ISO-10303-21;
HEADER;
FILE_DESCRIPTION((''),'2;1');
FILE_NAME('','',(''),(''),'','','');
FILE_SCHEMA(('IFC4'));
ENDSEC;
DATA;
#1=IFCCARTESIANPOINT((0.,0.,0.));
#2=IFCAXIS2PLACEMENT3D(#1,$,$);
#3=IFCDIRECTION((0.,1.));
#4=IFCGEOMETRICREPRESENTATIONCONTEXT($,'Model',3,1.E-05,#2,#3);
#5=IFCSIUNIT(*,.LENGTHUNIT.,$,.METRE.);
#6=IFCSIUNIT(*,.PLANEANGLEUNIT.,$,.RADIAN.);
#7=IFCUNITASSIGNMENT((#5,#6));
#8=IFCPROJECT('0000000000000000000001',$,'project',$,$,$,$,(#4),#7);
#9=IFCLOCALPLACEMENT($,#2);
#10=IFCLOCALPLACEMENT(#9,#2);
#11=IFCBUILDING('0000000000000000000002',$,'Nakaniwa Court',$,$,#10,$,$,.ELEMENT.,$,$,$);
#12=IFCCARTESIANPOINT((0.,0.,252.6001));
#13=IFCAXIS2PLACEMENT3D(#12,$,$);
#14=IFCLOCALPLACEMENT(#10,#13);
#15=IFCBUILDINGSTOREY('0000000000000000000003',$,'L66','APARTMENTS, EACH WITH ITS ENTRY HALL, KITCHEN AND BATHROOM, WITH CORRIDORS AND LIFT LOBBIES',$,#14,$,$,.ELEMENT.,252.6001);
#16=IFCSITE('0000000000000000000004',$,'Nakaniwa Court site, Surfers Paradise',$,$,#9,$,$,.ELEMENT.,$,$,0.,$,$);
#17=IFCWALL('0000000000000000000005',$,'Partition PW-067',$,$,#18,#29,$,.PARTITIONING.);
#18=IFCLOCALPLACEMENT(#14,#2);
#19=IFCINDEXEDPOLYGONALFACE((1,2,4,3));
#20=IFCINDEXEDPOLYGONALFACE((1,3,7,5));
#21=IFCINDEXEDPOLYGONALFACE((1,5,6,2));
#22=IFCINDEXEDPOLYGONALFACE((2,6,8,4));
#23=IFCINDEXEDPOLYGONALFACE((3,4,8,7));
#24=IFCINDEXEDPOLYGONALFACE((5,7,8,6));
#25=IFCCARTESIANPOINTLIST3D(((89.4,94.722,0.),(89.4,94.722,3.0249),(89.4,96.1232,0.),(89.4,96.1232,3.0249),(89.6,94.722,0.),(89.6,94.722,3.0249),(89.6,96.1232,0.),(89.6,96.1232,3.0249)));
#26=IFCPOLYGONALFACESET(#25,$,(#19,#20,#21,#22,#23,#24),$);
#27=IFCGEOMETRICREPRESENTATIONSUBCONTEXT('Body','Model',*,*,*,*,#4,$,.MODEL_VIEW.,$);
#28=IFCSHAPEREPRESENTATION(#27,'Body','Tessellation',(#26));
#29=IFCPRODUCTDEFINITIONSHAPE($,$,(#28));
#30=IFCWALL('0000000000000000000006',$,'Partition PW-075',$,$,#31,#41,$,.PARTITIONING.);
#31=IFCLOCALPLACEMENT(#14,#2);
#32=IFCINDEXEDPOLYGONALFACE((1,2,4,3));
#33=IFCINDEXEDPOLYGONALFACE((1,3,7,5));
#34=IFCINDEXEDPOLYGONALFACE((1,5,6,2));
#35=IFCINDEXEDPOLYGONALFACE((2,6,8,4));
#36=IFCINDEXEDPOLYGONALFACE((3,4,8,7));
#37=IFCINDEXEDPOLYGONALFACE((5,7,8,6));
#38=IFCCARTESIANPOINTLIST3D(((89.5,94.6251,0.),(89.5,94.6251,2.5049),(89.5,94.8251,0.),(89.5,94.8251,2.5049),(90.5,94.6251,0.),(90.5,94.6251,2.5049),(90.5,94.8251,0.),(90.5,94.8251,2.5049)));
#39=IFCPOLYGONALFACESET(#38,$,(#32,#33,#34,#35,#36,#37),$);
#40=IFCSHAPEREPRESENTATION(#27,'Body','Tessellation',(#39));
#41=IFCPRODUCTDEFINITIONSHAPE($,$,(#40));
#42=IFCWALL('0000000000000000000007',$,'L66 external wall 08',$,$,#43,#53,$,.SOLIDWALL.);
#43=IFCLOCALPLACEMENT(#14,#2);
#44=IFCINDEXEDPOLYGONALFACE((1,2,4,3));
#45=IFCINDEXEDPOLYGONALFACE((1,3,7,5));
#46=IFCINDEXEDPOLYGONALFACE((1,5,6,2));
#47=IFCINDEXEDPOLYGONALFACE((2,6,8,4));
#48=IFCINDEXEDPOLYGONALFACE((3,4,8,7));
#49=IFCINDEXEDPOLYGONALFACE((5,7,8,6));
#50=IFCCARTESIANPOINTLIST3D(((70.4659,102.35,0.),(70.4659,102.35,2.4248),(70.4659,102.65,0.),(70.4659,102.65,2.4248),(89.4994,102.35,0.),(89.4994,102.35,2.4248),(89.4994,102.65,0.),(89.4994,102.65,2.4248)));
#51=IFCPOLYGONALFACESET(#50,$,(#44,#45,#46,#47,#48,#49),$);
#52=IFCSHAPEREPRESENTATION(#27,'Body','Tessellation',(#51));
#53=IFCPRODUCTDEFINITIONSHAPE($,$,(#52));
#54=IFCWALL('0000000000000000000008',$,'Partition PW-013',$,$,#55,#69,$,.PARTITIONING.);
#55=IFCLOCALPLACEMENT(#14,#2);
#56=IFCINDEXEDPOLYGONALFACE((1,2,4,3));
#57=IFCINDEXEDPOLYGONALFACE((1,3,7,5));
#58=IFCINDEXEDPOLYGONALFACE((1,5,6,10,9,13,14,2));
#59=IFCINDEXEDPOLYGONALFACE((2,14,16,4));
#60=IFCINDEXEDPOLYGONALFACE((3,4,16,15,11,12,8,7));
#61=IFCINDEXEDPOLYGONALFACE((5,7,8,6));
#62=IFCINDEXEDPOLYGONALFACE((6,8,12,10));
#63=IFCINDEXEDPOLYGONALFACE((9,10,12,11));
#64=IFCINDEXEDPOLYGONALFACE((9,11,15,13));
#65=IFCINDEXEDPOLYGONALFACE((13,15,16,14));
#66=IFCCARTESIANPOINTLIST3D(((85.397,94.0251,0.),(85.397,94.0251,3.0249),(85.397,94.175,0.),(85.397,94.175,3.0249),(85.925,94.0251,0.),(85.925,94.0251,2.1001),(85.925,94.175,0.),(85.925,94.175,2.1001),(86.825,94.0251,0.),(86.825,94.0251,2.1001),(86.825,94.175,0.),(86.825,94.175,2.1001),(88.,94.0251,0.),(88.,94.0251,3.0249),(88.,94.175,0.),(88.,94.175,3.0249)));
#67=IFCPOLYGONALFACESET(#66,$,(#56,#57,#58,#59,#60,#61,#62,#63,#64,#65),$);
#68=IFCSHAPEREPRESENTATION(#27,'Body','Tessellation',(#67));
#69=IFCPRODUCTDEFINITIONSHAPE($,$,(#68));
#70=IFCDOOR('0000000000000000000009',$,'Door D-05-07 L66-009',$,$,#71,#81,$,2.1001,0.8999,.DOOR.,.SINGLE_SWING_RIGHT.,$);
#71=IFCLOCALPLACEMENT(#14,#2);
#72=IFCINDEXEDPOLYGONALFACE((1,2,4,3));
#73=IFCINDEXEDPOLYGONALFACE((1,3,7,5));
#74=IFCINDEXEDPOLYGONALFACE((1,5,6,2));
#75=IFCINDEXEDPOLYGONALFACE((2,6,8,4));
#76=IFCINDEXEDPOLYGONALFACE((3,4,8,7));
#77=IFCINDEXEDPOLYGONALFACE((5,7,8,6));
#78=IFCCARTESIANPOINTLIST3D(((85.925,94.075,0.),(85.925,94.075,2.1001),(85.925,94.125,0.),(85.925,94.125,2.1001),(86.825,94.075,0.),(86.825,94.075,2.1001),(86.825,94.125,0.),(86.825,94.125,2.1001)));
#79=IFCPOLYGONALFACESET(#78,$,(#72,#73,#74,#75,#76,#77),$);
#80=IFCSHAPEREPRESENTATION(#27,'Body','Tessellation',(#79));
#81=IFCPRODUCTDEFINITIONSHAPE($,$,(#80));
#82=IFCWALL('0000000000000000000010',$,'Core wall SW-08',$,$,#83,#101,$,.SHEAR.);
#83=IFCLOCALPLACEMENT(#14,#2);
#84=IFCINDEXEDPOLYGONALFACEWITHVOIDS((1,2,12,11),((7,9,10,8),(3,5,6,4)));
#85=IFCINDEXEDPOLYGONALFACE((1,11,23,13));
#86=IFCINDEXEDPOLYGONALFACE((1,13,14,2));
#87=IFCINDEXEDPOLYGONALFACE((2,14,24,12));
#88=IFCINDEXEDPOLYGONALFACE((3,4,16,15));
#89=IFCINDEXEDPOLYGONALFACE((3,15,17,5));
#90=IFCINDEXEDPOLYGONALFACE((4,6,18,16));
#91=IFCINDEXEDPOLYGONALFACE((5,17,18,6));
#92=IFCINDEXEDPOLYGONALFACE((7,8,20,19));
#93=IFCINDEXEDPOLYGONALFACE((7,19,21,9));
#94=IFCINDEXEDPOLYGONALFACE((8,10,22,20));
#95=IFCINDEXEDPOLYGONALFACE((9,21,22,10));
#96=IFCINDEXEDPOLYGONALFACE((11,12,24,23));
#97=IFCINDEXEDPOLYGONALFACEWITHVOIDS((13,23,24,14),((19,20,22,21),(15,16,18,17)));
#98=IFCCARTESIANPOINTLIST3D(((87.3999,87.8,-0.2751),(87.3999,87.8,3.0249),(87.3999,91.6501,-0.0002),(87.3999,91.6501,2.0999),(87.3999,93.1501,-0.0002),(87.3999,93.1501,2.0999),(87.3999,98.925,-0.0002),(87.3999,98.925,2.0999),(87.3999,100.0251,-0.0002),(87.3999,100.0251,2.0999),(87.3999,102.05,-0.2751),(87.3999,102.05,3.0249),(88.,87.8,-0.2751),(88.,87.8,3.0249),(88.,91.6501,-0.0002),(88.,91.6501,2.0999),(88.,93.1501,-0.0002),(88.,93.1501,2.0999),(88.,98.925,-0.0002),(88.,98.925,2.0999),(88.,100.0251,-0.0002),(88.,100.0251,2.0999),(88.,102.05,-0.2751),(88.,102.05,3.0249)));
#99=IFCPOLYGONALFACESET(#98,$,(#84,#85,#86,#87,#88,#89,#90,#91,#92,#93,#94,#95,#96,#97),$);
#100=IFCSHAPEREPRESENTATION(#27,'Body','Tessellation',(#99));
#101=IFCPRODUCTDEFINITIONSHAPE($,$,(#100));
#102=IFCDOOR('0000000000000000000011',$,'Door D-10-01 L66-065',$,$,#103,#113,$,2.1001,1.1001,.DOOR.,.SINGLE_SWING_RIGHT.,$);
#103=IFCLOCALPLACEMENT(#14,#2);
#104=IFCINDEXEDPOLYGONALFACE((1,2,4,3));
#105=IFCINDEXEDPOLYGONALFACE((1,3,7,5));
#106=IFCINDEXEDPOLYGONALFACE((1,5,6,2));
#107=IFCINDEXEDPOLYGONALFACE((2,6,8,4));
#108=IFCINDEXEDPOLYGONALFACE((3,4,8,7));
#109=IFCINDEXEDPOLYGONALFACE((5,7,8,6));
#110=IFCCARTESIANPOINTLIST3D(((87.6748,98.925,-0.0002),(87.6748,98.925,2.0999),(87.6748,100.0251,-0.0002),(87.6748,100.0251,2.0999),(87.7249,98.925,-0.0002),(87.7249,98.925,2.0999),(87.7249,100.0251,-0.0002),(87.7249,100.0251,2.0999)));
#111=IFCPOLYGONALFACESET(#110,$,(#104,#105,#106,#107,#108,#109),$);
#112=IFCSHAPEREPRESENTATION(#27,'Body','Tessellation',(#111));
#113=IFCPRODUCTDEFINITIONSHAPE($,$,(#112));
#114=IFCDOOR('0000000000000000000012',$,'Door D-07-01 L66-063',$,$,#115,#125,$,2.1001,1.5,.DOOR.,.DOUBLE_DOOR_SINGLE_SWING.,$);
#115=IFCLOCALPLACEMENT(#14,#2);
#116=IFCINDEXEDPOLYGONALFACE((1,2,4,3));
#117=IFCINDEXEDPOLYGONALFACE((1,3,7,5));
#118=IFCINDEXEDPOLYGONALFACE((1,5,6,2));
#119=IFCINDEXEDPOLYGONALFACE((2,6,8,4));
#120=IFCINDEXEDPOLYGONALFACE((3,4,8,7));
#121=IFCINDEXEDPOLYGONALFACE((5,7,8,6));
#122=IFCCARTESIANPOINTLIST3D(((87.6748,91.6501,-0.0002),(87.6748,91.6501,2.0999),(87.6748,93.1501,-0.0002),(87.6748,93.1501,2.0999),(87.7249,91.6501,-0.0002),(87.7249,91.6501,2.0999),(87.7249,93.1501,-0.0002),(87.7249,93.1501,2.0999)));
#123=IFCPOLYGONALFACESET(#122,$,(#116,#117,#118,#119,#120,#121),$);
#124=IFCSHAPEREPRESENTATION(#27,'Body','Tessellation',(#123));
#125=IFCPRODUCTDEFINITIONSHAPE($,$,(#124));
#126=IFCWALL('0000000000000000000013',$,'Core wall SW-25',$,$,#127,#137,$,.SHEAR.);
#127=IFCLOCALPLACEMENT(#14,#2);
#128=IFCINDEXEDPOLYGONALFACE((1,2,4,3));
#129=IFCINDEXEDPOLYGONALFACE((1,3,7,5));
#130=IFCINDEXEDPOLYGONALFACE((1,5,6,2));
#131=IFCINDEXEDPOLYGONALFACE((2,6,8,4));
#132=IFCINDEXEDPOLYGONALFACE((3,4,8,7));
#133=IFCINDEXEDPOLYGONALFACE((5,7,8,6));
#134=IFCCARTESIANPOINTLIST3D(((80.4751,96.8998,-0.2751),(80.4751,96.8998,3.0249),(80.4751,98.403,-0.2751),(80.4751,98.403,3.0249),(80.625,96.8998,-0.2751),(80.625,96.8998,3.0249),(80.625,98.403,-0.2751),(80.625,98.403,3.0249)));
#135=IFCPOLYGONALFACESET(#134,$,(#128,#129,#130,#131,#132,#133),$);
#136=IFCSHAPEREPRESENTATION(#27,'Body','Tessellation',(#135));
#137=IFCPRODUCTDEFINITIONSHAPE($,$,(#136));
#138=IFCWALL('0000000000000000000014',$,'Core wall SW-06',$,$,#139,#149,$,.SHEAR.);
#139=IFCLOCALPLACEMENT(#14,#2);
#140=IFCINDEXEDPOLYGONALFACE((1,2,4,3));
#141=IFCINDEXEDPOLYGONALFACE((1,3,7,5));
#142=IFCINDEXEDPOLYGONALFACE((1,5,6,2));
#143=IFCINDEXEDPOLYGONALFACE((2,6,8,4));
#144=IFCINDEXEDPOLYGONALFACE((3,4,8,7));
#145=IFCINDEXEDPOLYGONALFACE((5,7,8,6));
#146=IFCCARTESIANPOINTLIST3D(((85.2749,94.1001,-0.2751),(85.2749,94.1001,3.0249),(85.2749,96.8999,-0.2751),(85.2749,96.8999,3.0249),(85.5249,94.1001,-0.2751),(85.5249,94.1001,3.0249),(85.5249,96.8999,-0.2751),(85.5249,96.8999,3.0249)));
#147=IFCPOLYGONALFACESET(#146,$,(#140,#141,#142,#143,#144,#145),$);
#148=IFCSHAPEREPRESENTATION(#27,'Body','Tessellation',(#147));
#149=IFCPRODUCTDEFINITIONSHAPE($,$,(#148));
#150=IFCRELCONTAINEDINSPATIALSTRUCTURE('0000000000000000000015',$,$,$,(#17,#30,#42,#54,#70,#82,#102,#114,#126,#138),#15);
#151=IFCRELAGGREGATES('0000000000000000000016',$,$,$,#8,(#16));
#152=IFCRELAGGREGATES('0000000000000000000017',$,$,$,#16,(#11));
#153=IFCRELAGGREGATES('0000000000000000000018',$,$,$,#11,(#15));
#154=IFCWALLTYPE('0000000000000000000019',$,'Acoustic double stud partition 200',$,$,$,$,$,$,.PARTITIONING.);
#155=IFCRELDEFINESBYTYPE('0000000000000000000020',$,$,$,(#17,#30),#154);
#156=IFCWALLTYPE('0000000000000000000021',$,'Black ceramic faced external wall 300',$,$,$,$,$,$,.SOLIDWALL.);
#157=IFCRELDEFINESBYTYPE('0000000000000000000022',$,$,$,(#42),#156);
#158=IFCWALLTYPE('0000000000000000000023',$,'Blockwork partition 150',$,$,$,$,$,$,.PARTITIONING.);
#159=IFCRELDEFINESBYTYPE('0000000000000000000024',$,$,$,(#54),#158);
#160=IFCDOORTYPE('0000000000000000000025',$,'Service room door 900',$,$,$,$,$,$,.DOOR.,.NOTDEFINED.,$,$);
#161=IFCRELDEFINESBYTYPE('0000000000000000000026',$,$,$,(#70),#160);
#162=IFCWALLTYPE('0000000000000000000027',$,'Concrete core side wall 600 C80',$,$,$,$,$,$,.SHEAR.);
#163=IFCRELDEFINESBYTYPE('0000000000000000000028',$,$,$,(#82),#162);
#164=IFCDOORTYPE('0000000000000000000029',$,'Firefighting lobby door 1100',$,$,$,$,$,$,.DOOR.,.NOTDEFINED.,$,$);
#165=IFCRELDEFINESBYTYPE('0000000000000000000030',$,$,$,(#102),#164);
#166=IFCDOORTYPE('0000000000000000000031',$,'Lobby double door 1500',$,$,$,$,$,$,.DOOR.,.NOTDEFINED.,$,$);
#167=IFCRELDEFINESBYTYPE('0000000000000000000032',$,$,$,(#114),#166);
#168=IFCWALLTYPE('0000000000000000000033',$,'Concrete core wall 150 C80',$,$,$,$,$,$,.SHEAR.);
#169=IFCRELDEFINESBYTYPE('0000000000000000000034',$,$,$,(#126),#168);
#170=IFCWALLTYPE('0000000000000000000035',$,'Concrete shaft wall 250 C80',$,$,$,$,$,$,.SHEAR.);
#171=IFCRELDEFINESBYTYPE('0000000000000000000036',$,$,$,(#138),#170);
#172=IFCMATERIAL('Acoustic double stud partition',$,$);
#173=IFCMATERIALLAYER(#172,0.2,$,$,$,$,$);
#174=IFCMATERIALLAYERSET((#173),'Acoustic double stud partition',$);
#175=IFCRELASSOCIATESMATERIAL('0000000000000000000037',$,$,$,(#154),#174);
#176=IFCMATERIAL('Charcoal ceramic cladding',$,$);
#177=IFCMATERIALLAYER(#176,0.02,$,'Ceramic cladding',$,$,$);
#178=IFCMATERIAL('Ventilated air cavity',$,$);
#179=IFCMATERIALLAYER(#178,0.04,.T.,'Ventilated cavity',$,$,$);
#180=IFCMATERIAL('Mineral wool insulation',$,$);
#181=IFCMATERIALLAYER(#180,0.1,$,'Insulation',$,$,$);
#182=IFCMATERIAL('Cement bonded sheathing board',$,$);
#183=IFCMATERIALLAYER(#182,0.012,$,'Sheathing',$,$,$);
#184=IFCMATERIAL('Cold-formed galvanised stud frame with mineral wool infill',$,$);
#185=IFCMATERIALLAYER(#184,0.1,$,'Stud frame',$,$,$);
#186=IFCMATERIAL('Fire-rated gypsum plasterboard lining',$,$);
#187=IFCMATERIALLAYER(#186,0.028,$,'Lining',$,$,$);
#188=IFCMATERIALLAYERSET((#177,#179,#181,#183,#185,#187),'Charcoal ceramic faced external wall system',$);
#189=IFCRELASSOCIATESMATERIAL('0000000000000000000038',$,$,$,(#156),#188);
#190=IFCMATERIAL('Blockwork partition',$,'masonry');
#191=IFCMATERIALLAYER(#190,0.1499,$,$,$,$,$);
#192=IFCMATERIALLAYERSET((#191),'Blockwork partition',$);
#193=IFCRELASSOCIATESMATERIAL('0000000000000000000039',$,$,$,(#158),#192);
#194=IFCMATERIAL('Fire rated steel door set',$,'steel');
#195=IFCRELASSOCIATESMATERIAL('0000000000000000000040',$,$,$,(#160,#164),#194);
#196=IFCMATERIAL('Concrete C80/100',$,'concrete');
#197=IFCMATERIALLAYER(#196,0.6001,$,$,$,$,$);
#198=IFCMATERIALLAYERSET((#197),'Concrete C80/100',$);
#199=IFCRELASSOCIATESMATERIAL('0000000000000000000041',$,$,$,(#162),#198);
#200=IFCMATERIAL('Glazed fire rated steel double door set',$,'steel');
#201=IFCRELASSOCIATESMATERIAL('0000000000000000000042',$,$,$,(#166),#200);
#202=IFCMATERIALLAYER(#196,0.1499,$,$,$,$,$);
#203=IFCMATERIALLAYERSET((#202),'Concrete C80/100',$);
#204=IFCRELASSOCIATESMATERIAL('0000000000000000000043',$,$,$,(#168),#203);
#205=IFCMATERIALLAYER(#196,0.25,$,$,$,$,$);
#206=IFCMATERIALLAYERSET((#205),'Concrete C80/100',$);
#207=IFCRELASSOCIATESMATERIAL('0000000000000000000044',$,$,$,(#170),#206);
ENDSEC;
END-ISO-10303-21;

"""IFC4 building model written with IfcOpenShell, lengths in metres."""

from ifc_helpers import new_model, si_unit, direction, frame, frame_2d, origin, place, context, subcontext, project, spatial, rectangle, extrude, material, layer, layer_set, type_object, element, fill, save


model = new_model("IFC4")

# Units and contexts
model_context = context("Model", 3, precision=1e-05, world=origin(), true_north=direction((0.0, 1.0)))
body_context = subcontext(model_context, "Body", "Model", "MODEL_VIEW")
ifc_project = project(units=[si_unit("LENGTHUNIT", "METRE"), si_unit("PLANEANGLEUNIT", "RADIAN")], contexts=[model_context])

# Site, building, storey
site_placement = place(None, origin())
site = spatial("IfcSite", under=ifc_project, at=site_placement, Name="Nakaniwa Court site, Surfers Paradise", CompositionType="ELEMENT", RefElevation=0.0)
building_placement = place(site_placement, origin())
building = spatial("IfcBuilding", under=site, at=building_placement, Name="Nakaniwa Court", CompositionType="ELEMENT")
storey_placement = place(building_placement, frame((0.0, 0.0, 252.6001)))
storey = spatial("IfcBuildingStorey", under=building, at=storey_placement, Name="L66", Description="APARTMENTS, EACH WITH ITS ENTRY HALL, KITCHEN AND BATHROOM, WITH CORRIDORS AND LIFT LOBBIES", CompositionType="ELEMENT", Elevation=252.6001)

# Walls
ifc_material_1 = material(Name="Acoustic double stud partition")
ifc_layer_1 = layer(ifc_material_1, 0.2)
ifc_layer_set_1 = layer_set([ifc_layer_1], Name="Acoustic double stud partition")
wall_type_1 = type_object("IfcWallType", Name="Acoustic double stud partition 200", PredefinedType="PARTITIONING", material=ifc_layer_set_1)
wall_1_placement = place(storey_placement, frame((89.5, 94.7219, 0.0), z_axis=(0.0, 0.0, 1.0), x_axis=(0.0, 1.0, 0.0)))
element("IfcWall", 1, at=wall_1_placement, inside=storey, type_object=wall_type_1, Name="Partition PW-067", PredefinedType="PARTITIONING", context=body_context, shape_type="SweptSolid", body=[
    extrude(rectangle(XDim=1.4011, YDim=0.2, at=frame_2d((0.7007, 0.0))), origin(), (0.0, 0.0, 1.0), 3.0249),
])
wall_2_placement = place(storey_placement, frame((89.5, 94.7251, 0.0), z_axis=(0.0, 0.0, 1.0), x_axis=(1.0, 0.0, 0.0)))
element("IfcWall", 2, at=wall_2_placement, inside=storey, type_object=wall_type_1, Name="Partition PW-075", PredefinedType="PARTITIONING", context=body_context, shape_type="SweptSolid", body=[
    extrude(rectangle(XDim=1.0, YDim=0.2, at=frame_2d((0.5, 0.0))), origin(), (0.0, 0.0, 1.0), 2.5049),
])
ifc_material_2 = material(Name="Charcoal ceramic cladding")
ifc_layer_2 = layer(ifc_material_2, 0.02, Name="Ceramic cladding")
ifc_material_3 = material(Name="Ventilated air cavity")
ifc_layer_3 = layer(ifc_material_3, 0.04, ventilated=True, Name="Ventilated cavity")
ifc_material_4 = material(Name="Mineral wool insulation")
ifc_layer_4 = layer(ifc_material_4, 0.1, Name="Insulation")
ifc_material_5 = material(Name="Cement bonded sheathing board")
ifc_layer_5 = layer(ifc_material_5, 0.012, Name="Sheathing")
ifc_material_6 = material(Name="Cold-formed galvanised stud frame with mineral wool infill")
ifc_layer_6 = layer(ifc_material_6, 0.1, Name="Stud frame")
ifc_material_7 = material(Name="Fire-rated gypsum plasterboard lining")
ifc_layer_7 = layer(ifc_material_7, 0.028, Name="Lining")
ifc_layer_set_2 = layer_set([ifc_layer_2, ifc_layer_3, ifc_layer_4, ifc_layer_5, ifc_layer_6, ifc_layer_7], Name="Charcoal ceramic faced external wall system")
wall_type_2 = type_object("IfcWallType", Name="Black ceramic faced external wall 300", PredefinedType="SOLIDWALL", material=ifc_layer_set_2)
wall_3_placement = place(storey_placement, frame((89.4993, 102.5, 0.0), z_axis=(0.0, 0.0, 1.0), x_axis=(-1.0, 0.0, 0.0)))
element("IfcWall", 3, at=wall_3_placement, inside=storey, type_object=wall_type_2, Name="L66 external wall 08", PredefinedType="SOLIDWALL", context=body_context, shape_type="SweptSolid", body=[
    extrude(rectangle(XDim=19.0334, YDim=0.3, at=frame_2d((9.5166, 0.0))), origin(), (0.0, 0.0, 1.0), 2.4248),
])

# Wall, opening, door
ifc_material_8 = material(Name="Blockwork partition", Category="masonry")
ifc_layer_8 = layer(ifc_material_8, 0.1499)
ifc_layer_set_3 = layer_set([ifc_layer_8], Name="Blockwork partition")
wall_type_3 = type_object("IfcWallType", Name="Blockwork partition 150", PredefinedType="PARTITIONING", material=ifc_layer_set_3)
wall_4_placement = place(storey_placement, frame((85.397, 94.1001, 0.0), z_axis=(0.0, 0.0, 1.0), x_axis=(1.0, 0.0, 0.0)))
wall_4 = element("IfcWall", 4, at=wall_4_placement, inside=storey, type_object=wall_type_3, Name="Partition PW-013", PredefinedType="PARTITIONING", context=body_context, shape_type="SweptSolid", body=[
    extrude(rectangle(XDim=2.603, YDim=0.1499, at=frame_2d((1.3015, 0.0))), origin(), (0.0, 0.0, 1.0), 3.0249),
])
opening_1_placement = place(wall_4_placement, frame((0.5281, 0.0, 0.0)))
opening_1 = element("IfcOpeningElement", 5, at=opening_1_placement, cuts=wall_4, PredefinedType="OPENING", context=body_context, shape_type="SweptSolid", body=[
    extrude(rectangle(XDim=0.8999, YDim=2.1001, at=frame_2d((0.45, 1.05))), frame((0.0, 0.085, 0.0), z_axis=(0.0, -1.0, 0.0), x_axis=(1.0, 0.0, 0.0)), (0.0, 0.0, 1.0), 0.1699),
])
ifc_material_9 = material(Name="Fire rated steel door set", Category="steel")
door_type_1 = type_object("IfcDoorType", Name="Service room door 900", OperationType="NOTDEFINED", PredefinedType="DOOR", material=ifc_material_9)
door_1_placement = place(opening_1_placement, origin())
door_1 = element("IfcDoor", 6, at=door_1_placement, inside=storey, type_object=door_type_1, Name="Door D-05-07 L66-009", OperationType="SINGLE_SWING_RIGHT", OverallHeight=2.1001, OverallWidth=0.8999, PredefinedType="DOOR", context=body_context, shape_type="SweptSolid", body=[
    extrude(rectangle(XDim=0.8999, YDim=2.1001, at=frame_2d((0.45, 1.05))), frame((0.0, 0.0249, 0.0), z_axis=(0.0, -1.0, 0.0), x_axis=(1.0, 0.0, 0.0)), (0.0, 0.0, 1.0), 0.05),
])
fill(opening_1, door_1)

# Wall, openings, doors
ifc_material_10 = material(Name="Concrete C80/100", Category="concrete")
ifc_layer_9 = layer(ifc_material_10, 0.6001)
ifc_layer_set_4 = layer_set([ifc_layer_9], Name="Concrete C80/100")
wall_type_4 = type_object("IfcWallType", Name="Concrete core side wall 600 C80", PredefinedType="SHEAR", material=ifc_layer_set_4)
wall_5_placement = place(storey_placement, frame((87.7, 102.05, -0.2751), z_axis=(0.0, 0.0, 1.0), x_axis=(0.0, -1.0, 0.0)))
wall_5 = element("IfcWall", 7, at=wall_5_placement, inside=storey, type_object=wall_type_4, Name="Core wall SW-08", PredefinedType="SHEAR", context=body_context, shape_type="SweptSolid", body=[
    extrude(rectangle(XDim=14.25, YDim=0.6001, at=frame_2d((7.125, 0.0))), origin(), (0.0, 0.0, 1.0), 3.3),
])
opening_2_placement = place(wall_5_placement, frame((8.8999, 0.0, 0.2749)))
opening_2 = element("IfcOpeningElement", 8, at=opening_2_placement, cuts=wall_5, PredefinedType="OPENING", context=body_context, shape_type="SweptSolid", body=[
    extrude(rectangle(XDim=1.5, YDim=2.1001, at=frame_2d((0.75, 1.05))), frame((0.0, 0.3101, 0.0), z_axis=(0.0, -1.0, 0.0), x_axis=(1.0, 0.0, 0.0)), (0.0, 0.0, 1.0), 0.6201),
])
opening_3_placement = place(wall_5_placement, frame((2.0249, 0.0, 0.2749)))
opening_3 = element("IfcOpeningElement", 9, at=opening_3_placement, cuts=wall_5, PredefinedType="OPENING", context=body_context, shape_type="SweptSolid", body=[
    extrude(rectangle(XDim=1.1001, YDim=2.1001, at=frame_2d((0.55, 1.05))), frame((0.0, 0.3101, 0.0), z_axis=(0.0, -1.0, 0.0), x_axis=(1.0, 0.0, 0.0)), (0.0, 0.0, 1.0), 0.6201),
])
door_type_2 = type_object("IfcDoorType", Name="Firefighting lobby door 1100", OperationType="NOTDEFINED", PredefinedType="DOOR", material=ifc_material_9)
door_2_placement = place(opening_3_placement, origin())
door_2 = element("IfcDoor", 10, at=door_2_placement, inside=storey, type_object=door_type_2, Name="Door D-10-01 L66-065", OperationType="SINGLE_SWING_RIGHT", OverallHeight=2.1001, OverallWidth=1.1001, PredefinedType="DOOR", context=body_context, shape_type="SweptSolid", body=[
    extrude(rectangle(XDim=1.1001, YDim=2.1001, at=frame_2d((0.55, 1.05))), frame((0.0, 0.0249, 0.0), z_axis=(0.0, -1.0, 0.0), x_axis=(1.0, 0.0, 0.0)), (0.0, 0.0, 1.0), 0.05),
])
fill(opening_3, door_2)
ifc_material_11 = material(Name="Glazed fire rated steel double door set", Category="steel")
door_type_3 = type_object("IfcDoorType", Name="Lobby double door 1500", OperationType="NOTDEFINED", PredefinedType="DOOR", material=ifc_material_11)
door_3_placement = place(opening_2_placement, origin())
door_3 = element("IfcDoor", 11, at=door_3_placement, inside=storey, type_object=door_type_3, Name="Door D-07-01 L66-063", OperationType="DOUBLE_DOOR_SINGLE_SWING", OverallHeight=2.1001, OverallWidth=1.5, PredefinedType="DOOR", context=body_context, shape_type="SweptSolid", body=[
    extrude(rectangle(XDim=1.5, YDim=2.1001, at=frame_2d((0.75, 1.05))), frame((0.0, 0.0249, 0.0), z_axis=(0.0, -1.0, 0.0), x_axis=(1.0, 0.0, 0.0)), (0.0, 0.0, 1.0), 0.05),
])
fill(opening_2, door_3)

# Walls
ifc_layer_10 = layer(ifc_material_10, 0.1499)
ifc_layer_set_5 = layer_set([ifc_layer_10], Name="Concrete C80/100")
wall_type_5 = type_object("IfcWallType", Name="Concrete core wall 150 C80", PredefinedType="SHEAR", material=ifc_layer_set_5)
wall_6_placement = place(storey_placement, frame((80.55, 96.8999, -0.2751), z_axis=(0.0, 0.0, 1.0), x_axis=(0.0, 1.0, 0.0)))
element("IfcWall", 12, at=wall_6_placement, inside=storey, type_object=wall_type_5, Name="Core wall SW-25", PredefinedType="SHEAR", context=body_context, shape_type="SweptSolid", body=[
    extrude(rectangle(XDim=1.5032, YDim=0.1499, at=frame_2d((0.7515, 0.0))), origin(), (0.0, 0.0, 1.0), 3.3),
])
ifc_layer_11 = layer(ifc_material_10, 0.25)
ifc_layer_set_6 = layer_set([ifc_layer_11], Name="Concrete C80/100")
wall_type_6 = type_object("IfcWallType", Name="Concrete shaft wall 250 C80", PredefinedType="SHEAR", material=ifc_layer_set_6)
wall_7_placement = place(storey_placement, frame((85.3999, 94.1001, -0.2751), z_axis=(0.0, 0.0, 1.0), x_axis=(0.0, 1.0, 0.0)))
element("IfcWall", 13, at=wall_7_placement, inside=storey, type_object=wall_type_6, Name="Core wall SW-06", PredefinedType="SHEAR", context=body_context, shape_type="SweptSolid", body=[
    extrude(rectangle(XDim=2.7998, YDim=0.25, at=frame_2d((1.3999, 0.0))), origin(), (0.0, 0.0, 1.0), 3.3),
])

save(model, "model.ifc")
